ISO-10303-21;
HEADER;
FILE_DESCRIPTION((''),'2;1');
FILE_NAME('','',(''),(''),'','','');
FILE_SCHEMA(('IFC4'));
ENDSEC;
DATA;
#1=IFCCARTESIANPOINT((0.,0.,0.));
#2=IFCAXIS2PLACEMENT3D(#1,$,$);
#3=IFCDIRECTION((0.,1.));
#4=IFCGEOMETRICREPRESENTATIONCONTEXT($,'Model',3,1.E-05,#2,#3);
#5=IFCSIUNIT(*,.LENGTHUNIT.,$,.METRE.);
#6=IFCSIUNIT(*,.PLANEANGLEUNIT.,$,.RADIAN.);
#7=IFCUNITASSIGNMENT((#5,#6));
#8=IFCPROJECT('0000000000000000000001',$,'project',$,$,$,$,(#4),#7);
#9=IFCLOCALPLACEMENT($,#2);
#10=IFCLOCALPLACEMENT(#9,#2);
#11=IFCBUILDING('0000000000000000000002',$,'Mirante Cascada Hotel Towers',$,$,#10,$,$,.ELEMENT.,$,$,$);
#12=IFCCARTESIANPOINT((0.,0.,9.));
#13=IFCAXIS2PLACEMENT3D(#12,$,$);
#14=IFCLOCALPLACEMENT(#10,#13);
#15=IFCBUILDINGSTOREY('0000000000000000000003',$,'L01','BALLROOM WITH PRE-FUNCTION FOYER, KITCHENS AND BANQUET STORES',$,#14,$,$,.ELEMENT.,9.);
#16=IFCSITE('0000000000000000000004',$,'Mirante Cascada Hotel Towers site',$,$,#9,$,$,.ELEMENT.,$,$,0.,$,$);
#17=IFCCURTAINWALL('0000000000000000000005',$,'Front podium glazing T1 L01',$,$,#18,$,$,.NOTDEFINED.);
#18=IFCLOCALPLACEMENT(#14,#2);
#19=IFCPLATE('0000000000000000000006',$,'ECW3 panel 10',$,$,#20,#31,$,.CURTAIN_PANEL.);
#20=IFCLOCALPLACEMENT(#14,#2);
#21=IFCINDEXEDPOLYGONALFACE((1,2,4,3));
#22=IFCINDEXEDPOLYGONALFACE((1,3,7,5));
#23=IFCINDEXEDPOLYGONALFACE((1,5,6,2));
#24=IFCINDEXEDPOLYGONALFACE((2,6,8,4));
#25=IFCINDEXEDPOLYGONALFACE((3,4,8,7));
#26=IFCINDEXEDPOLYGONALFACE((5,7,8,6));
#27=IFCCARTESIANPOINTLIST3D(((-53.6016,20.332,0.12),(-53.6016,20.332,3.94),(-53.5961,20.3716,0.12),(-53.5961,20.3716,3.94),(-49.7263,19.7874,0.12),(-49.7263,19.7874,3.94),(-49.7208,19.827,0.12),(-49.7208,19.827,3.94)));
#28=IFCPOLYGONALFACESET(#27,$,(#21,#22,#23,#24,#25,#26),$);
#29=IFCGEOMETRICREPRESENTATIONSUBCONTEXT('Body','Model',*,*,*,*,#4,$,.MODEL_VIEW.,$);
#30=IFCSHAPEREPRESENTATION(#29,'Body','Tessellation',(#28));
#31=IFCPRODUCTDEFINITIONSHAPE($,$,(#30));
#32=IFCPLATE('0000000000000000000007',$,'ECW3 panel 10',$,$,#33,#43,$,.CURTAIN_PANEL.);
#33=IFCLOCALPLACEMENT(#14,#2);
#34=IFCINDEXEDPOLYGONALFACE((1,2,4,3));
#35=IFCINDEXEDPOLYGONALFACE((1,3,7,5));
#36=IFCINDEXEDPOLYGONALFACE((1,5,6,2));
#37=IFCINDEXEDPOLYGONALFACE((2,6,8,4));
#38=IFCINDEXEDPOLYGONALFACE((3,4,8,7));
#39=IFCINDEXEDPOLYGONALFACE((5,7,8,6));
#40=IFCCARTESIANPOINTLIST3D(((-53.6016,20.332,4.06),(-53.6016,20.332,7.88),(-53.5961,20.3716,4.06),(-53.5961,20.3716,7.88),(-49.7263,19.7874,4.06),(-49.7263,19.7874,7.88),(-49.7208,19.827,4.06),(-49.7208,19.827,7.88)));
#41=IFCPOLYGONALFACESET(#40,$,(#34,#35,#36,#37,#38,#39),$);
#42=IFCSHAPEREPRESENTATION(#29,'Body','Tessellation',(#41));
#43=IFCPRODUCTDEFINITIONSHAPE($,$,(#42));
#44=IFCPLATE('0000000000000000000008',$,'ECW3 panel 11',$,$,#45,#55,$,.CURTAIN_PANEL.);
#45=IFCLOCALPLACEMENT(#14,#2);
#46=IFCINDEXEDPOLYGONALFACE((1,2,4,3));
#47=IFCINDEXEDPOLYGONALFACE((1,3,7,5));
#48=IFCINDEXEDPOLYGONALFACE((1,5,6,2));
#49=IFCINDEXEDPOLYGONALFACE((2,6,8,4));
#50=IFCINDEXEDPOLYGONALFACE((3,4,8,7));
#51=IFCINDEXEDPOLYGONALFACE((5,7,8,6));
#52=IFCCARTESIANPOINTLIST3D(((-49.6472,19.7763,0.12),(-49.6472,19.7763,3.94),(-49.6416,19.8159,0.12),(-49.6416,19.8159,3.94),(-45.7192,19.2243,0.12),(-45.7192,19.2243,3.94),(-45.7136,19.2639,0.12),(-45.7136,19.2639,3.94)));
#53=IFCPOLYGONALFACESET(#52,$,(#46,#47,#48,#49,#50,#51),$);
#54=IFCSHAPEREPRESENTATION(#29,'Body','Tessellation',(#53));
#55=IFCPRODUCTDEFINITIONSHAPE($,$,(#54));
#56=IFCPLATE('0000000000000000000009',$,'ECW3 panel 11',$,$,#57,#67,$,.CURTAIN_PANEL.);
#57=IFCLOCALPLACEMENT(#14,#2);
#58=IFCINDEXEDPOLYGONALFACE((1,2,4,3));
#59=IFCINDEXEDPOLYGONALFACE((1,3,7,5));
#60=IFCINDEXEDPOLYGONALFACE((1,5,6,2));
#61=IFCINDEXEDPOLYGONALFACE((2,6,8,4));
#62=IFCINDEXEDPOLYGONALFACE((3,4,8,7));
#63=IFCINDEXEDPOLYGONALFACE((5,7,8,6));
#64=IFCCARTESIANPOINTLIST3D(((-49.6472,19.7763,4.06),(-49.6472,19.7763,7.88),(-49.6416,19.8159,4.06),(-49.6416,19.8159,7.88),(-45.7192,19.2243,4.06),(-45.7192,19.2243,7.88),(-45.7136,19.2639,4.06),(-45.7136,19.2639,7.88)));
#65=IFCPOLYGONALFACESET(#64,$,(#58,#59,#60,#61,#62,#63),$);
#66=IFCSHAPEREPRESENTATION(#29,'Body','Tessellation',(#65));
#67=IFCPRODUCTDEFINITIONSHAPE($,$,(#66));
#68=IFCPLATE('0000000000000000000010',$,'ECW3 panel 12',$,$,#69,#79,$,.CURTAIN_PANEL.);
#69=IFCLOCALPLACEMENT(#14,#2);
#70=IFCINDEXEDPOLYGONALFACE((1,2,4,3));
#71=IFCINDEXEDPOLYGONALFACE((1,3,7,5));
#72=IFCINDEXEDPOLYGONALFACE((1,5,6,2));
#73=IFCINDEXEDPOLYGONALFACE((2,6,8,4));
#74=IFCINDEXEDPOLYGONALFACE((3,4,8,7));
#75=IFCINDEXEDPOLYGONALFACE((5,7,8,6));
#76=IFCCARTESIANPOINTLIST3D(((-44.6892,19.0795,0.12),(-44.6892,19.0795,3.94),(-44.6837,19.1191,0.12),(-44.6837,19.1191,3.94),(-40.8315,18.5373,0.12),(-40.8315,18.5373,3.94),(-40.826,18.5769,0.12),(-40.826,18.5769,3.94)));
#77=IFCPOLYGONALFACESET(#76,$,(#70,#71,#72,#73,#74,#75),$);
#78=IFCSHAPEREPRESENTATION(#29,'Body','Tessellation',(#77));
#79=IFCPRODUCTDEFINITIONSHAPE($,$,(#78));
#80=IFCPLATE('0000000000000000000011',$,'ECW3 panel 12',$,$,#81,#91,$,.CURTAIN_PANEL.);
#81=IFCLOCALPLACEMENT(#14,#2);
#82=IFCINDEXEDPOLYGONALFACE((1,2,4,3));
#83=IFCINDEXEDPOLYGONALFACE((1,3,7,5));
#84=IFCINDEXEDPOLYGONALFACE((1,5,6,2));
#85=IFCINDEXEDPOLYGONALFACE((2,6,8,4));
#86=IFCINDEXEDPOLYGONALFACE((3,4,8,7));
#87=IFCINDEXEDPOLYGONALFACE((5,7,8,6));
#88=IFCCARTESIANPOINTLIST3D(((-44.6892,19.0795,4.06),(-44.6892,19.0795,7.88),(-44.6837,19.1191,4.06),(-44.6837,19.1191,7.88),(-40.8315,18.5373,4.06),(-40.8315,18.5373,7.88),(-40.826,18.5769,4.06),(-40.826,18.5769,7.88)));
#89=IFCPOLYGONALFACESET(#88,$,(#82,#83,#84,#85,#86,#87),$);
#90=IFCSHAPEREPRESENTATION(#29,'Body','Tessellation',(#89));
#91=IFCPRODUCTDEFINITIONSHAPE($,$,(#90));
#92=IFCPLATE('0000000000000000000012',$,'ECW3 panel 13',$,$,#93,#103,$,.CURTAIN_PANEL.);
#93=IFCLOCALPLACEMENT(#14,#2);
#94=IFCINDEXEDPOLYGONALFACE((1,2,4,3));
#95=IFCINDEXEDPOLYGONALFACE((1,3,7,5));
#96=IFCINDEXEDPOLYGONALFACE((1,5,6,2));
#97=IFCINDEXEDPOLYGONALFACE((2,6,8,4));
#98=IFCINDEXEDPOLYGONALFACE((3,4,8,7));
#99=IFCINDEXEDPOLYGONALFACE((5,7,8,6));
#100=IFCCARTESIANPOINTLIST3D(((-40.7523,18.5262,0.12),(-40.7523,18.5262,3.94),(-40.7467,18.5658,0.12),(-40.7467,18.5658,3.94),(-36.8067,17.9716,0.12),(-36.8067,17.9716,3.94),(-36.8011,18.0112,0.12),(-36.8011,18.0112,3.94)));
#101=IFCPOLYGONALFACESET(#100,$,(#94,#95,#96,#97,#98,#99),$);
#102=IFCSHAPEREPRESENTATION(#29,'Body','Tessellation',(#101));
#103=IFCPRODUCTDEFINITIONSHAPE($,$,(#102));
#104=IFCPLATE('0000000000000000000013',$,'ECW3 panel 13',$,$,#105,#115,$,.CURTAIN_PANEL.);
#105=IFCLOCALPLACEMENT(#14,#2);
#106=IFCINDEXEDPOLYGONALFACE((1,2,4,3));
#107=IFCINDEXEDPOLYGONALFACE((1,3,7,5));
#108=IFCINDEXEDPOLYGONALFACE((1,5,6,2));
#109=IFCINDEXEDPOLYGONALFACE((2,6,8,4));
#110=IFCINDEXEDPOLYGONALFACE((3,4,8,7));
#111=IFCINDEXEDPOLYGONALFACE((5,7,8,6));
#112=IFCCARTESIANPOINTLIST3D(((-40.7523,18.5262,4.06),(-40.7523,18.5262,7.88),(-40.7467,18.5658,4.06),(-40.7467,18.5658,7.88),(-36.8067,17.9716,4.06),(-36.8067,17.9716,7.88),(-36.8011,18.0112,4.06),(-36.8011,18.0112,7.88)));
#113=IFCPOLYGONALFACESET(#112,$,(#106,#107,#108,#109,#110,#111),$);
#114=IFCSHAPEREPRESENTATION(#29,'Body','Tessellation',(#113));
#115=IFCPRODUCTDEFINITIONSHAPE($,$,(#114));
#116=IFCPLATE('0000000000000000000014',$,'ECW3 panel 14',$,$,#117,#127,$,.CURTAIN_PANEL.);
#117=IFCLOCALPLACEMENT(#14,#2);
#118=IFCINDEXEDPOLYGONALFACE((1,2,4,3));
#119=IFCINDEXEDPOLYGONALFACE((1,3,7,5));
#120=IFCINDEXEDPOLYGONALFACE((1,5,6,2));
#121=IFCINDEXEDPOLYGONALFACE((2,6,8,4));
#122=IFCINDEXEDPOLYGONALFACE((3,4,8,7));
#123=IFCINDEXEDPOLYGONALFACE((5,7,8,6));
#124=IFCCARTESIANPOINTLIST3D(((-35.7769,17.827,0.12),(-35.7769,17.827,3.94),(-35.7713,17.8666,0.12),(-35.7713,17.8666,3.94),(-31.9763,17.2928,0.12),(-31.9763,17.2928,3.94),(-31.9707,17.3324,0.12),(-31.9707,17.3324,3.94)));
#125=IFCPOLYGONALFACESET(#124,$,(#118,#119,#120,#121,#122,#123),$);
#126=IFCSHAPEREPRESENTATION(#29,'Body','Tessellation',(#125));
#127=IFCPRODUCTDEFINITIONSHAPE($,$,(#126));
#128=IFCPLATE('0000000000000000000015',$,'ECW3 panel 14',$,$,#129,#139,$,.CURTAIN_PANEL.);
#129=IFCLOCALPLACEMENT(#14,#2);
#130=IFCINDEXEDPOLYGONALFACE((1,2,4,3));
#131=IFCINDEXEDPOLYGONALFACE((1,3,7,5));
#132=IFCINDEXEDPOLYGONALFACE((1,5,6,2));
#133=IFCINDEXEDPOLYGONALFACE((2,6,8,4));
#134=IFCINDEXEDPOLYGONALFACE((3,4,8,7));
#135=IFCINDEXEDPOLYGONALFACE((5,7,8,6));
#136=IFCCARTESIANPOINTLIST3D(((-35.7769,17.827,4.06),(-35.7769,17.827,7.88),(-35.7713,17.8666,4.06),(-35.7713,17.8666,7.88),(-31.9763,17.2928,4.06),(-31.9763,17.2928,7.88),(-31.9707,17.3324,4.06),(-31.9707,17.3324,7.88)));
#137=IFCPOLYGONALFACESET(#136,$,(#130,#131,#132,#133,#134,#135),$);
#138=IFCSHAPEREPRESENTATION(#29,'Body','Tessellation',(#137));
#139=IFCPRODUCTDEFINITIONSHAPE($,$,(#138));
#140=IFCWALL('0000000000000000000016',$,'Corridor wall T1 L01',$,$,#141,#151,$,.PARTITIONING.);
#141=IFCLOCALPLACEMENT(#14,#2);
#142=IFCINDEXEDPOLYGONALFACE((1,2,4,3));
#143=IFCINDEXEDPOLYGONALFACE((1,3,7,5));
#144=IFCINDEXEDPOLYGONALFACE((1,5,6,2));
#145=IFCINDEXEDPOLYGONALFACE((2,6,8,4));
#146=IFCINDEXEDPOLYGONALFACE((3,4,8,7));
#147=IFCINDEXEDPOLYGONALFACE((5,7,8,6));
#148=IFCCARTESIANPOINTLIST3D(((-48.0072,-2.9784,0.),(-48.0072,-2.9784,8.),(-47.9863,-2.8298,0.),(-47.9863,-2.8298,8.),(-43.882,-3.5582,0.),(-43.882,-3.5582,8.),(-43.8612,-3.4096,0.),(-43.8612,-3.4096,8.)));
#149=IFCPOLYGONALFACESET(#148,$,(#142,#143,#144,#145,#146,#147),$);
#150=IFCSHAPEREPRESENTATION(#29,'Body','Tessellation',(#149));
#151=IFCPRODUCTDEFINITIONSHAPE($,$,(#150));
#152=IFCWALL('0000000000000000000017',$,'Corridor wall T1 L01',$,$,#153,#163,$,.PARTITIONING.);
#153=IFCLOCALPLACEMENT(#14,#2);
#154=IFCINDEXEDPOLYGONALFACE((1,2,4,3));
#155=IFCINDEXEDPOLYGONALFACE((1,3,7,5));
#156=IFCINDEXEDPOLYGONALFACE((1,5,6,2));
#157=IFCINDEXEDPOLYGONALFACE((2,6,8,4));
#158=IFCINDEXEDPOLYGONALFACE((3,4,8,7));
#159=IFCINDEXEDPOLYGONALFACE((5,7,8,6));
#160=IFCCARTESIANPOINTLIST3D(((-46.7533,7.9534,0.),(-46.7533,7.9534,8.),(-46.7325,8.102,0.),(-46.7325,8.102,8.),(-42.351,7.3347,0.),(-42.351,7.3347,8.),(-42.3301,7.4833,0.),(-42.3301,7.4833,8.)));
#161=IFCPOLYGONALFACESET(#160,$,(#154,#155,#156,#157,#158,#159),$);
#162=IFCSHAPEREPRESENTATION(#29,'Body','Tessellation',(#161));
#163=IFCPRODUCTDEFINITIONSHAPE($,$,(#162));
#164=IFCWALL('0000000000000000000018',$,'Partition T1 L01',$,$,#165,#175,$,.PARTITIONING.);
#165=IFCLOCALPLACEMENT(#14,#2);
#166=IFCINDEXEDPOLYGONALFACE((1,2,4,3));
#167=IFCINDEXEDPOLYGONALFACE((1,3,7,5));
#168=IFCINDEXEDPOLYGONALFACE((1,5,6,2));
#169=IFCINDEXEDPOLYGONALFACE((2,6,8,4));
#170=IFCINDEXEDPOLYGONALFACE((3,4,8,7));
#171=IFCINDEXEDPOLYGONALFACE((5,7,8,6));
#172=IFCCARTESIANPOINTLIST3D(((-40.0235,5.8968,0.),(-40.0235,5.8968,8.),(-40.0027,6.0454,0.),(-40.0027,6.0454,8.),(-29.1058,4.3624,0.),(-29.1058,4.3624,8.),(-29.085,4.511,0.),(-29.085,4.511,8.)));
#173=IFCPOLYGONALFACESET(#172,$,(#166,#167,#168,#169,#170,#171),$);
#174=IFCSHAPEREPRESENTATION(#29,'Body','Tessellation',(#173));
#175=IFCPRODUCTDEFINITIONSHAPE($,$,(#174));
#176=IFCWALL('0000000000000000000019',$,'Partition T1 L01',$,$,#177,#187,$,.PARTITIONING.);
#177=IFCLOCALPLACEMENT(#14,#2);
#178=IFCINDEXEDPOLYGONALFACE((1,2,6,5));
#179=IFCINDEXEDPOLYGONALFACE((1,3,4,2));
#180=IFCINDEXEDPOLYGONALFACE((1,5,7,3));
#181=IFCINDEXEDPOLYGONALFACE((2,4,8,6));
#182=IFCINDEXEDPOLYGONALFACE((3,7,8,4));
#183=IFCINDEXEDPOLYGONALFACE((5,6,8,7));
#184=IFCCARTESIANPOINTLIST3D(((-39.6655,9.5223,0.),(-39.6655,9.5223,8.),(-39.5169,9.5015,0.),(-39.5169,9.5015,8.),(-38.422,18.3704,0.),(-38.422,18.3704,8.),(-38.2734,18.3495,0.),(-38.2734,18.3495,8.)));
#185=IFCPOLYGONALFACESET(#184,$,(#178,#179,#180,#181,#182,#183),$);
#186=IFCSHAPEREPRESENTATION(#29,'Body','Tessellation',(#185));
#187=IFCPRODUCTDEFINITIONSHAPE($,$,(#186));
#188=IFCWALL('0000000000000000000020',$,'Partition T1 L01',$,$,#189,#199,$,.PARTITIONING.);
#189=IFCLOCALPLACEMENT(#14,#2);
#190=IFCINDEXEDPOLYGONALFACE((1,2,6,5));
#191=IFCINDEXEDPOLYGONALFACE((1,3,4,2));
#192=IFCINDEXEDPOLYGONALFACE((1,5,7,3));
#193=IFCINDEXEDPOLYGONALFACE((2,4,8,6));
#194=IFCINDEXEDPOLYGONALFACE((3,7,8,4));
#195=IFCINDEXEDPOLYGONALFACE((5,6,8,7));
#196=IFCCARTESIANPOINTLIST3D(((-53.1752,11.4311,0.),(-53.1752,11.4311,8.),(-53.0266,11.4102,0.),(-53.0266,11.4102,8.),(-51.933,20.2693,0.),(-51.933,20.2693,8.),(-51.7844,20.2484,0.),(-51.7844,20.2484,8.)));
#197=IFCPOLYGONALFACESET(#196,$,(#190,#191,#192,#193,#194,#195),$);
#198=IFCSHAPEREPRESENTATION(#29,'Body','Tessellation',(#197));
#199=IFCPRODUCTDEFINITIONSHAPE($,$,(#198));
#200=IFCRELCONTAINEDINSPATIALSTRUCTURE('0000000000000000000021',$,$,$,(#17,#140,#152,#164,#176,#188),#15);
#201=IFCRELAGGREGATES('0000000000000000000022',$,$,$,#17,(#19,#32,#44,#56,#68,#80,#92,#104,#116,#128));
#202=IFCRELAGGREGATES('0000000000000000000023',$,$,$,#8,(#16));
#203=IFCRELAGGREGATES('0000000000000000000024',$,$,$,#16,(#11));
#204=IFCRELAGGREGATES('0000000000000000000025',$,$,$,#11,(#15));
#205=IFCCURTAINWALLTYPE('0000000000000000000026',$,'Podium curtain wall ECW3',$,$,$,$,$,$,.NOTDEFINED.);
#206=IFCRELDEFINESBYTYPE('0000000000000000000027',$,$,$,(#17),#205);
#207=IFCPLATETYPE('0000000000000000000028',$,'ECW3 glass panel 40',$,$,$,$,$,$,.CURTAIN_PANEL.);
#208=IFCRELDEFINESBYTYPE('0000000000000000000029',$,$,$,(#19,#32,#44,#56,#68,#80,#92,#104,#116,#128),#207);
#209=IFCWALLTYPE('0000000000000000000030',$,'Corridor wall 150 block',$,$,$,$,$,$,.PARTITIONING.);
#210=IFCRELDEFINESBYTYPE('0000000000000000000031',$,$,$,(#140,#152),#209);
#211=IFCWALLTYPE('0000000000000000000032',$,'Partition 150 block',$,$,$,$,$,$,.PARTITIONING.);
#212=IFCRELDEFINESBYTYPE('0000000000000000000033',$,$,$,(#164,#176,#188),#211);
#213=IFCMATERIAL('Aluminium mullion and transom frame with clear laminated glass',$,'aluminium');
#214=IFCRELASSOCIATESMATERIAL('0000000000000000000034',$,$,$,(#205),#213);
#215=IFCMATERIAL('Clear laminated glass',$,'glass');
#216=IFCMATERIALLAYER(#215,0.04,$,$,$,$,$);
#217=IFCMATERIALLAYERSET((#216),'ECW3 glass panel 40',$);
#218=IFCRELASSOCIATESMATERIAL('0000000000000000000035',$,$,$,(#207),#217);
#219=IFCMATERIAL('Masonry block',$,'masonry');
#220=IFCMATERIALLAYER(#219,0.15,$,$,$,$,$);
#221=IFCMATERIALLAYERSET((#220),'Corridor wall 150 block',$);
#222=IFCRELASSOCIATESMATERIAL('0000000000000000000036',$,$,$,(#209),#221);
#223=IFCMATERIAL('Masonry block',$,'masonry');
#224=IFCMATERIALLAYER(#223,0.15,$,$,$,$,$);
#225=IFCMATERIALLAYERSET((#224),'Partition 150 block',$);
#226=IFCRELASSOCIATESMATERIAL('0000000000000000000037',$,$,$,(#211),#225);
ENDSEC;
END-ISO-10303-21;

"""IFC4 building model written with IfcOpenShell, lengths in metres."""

from ifc_helpers import new_model, si_unit, direction, frame, frame_2d, origin, origin_2d, place, context, subcontext, project, spatial, rectangle, extrude, material, layer, layer_set, type_object, element, aggregate, save


model = new_model("IFC4")

# Units and contexts
model_context = context("Model", 3, precision=1e-05, world=origin(), true_north=direction((0.0, 1.0)))
body_context = subcontext(model_context, "Body", "Model", "MODEL_VIEW")
ifc_project = project(units=[si_unit("LENGTHUNIT", "METRE"), si_unit("PLANEANGLEUNIT", "RADIAN")], contexts=[model_context])

# Site, building, storey
site_placement = place(None, origin())
site = spatial("IfcSite", under=ifc_project, at=site_placement, Name="Mirante Cascada Hotel Towers site", CompositionType="ELEMENT", RefElevation=0.0)
building_placement = place(site_placement, origin())
building = spatial("IfcBuilding", under=site, at=building_placement, Name="Mirante Cascada Hotel Towers", CompositionType="ELEMENT")
storey_placement = place(building_placement, frame((0.0, 0.0, 9.0)))
storey = spatial("IfcBuildingStorey", under=building, at=storey_placement, Name="L01", Description="BALLROOM WITH PRE-FUNCTION FOYER, KITCHENS AND BANQUET STORES", CompositionType="ELEMENT", Elevation=9.0)

# Curtain wall, plates
ifc_material_1 = material(Name="Aluminium mullion and transom frame with clear laminated glass", Category="aluminium")
curtain_wall_type = type_object("IfcCurtainWallType", Name="Podium curtain wall ECW3", PredefinedType="NOTDEFINED", material=ifc_material_1)
curtain_wall_placement = place(storey_placement, origin())
curtain_wall = element("IfcCurtainWall", 1, at=curtain_wall_placement, inside=storey, type_object=curtain_wall_type, Name="Front podium glazing T1 L01", PredefinedType="NOTDEFINED")
ifc_material_2 = material(Name="Clear laminated glass", Category="glass")
ifc_layer_1 = layer(ifc_material_2, 0.04)
ifc_layer_set_1 = layer_set([ifc_layer_1], Name="ECW3 glass panel 40")
plate_type = type_object("IfcPlateType", Name="ECW3 glass panel 40", PredefinedType="CURTAIN_PANEL", material=ifc_layer_set_1)
plate_1_placement = place(storey_placement, frame((-51.6612, 20.0795, 0.12), z_axis=(0.0, 0.0, 1.0), x_axis=(0.990268, -0.139173, 0.0)))
plate_1 = element("IfcPlate", 2, at=plate_1_placement, type_object=plate_type, Name="ECW3 panel 10", PredefinedType="CURTAIN_PANEL", context=body_context, shape_type="SweptSolid", body=[
    extrude(rectangle(XDim=3.9134, YDim=0.04, at=origin_2d()), origin(), (0.0, 0.0, 1.0), 3.82),
])
plate_2_placement = place(storey_placement, frame((-51.6612, 20.0795, 4.06), z_axis=(0.0, 0.0, 1.0), x_axis=(0.990268, -0.139173, 0.0)))
plate_2 = element("IfcPlate", 3, at=plate_2_placement, type_object=plate_type, Name="ECW3 panel 10", PredefinedType="CURTAIN_PANEL", context=body_context, shape_type="SweptSolid", body=[
    extrude(rectangle(XDim=3.9134, YDim=0.04, at=origin_2d()), origin(), (0.0, 0.0, 1.0), 3.82),
])
plate_3_placement = place(storey_placement, frame((-47.6804, 19.5201, 0.12), z_axis=(0.0, 0.0, 1.0), x_axis=(0.990268, -0.139173, 0.0)))
plate_3 = element("IfcPlate", 4, at=plate_3_placement, type_object=plate_type, Name="ECW3 panel 11", PredefinedType="CURTAIN_PANEL", context=body_context, shape_type="SweptSolid", body=[
    extrude(rectangle(XDim=3.9666, YDim=0.04, at=origin_2d()), origin(), (0.0, 0.0, 1.0), 3.82),
])
plate_4_placement = place(storey_placement, frame((-47.6804, 19.5201, 4.06), z_axis=(0.0, 0.0, 1.0), x_axis=(0.990268, -0.139173, 0.0)))
plate_4 = element("IfcPlate", 5, at=plate_4_placement, type_object=plate_type, Name="ECW3 panel 11", PredefinedType="CURTAIN_PANEL", context=body_context, shape_type="SweptSolid", body=[
    extrude(rectangle(XDim=3.9666, YDim=0.04, at=origin_2d()), origin(), (0.0, 0.0, 1.0), 3.82),
])
plate_5_placement = place(storey_placement, frame((-42.7576, 18.8282, 0.12), z_axis=(0.0, 0.0, 1.0), x_axis=(0.990268, -0.139173, 0.0)))
plate_5 = element("IfcPlate", 6, at=plate_5_placement, type_object=plate_type, Name="ECW3 panel 12", PredefinedType="CURTAIN_PANEL", context=body_context, shape_type="SweptSolid", body=[
    extrude(rectangle(XDim=3.8956, YDim=0.04, at=origin_2d()), origin(), (0.0, 0.0, 1.0), 3.82),
])
plate_6_placement = place(storey_placement, frame((-42.7576, 18.8282, 4.06), z_axis=(0.0, 0.0, 1.0), x_axis=(0.990268, -0.139173, 0.0)))
plate_6 = element("IfcPlate", 7, at=plate_6_placement, type_object=plate_type, Name="ECW3 panel 12", PredefinedType="CURTAIN_PANEL", context=body_context, shape_type="SweptSolid", body=[
    extrude(rectangle(XDim=3.8956, YDim=0.04, at=origin_2d()), origin(), (0.0, 0.0, 1.0), 3.82),
])
plate_7_placement = place(storey_placement, frame((-38.7767, 18.2687, 0.12), z_axis=(0.0, 0.0, 1.0), x_axis=(0.990268, -0.139173, 0.0)))
plate_7 = element("IfcPlate", 8, at=plate_7_placement, type_object=plate_type, Name="ECW3 panel 13", PredefinedType="CURTAIN_PANEL", context=body_context, shape_type="SweptSolid", body=[
    extrude(rectangle(XDim=3.9844, YDim=0.04, at=origin_2d()), origin(), (0.0, 0.0, 1.0), 3.82),
])
plate_8_placement = place(storey_placement, frame((-38.7767, 18.2687, 4.06), z_axis=(0.0, 0.0, 1.0), x_axis=(0.990268, -0.139173, 0.0)))
plate_8 = element("IfcPlate", 9, at=plate_8_placement, type_object=plate_type, Name="ECW3 panel 13", PredefinedType="CURTAIN_PANEL", context=body_context, shape_type="SweptSolid", body=[
    extrude(rectangle(XDim=3.9844, YDim=0.04, at=origin_2d()), origin(), (0.0, 0.0, 1.0), 3.82),
])
plate_9_placement = place(storey_placement, frame((-33.8738, 17.5797, 0.12), z_axis=(0.0, 0.0, 1.0), x_axis=(0.990268, -0.139173, 0.0)))
plate_9 = element("IfcPlate", 10, at=plate_9_placement, type_object=plate_type, Name="ECW3 panel 14", PredefinedType="CURTAIN_PANEL", context=body_context, shape_type="SweptSolid", body=[
    extrude(rectangle(XDim=3.8379, YDim=0.04, at=origin_2d()), origin(), (0.0, 0.0, 1.0), 3.82),
])
plate_10_placement = place(storey_placement, frame((-33.8738, 17.5797, 4.06), z_axis=(0.0, 0.0, 1.0), x_axis=(0.990268, -0.139173, 0.0)))
plate_10 = element("IfcPlate", 11, at=plate_10_placement, type_object=plate_type, Name="ECW3 panel 14", PredefinedType="CURTAIN_PANEL", context=body_context, shape_type="SweptSolid", body=[
    extrude(rectangle(XDim=3.8379, YDim=0.04, at=origin_2d()), origin(), (0.0, 0.0, 1.0), 3.82),
])
aggregate(curtain_wall, [plate_1, plate_2, plate_3, plate_4, plate_5, plate_6, plate_7, plate_8, plate_9, plate_10])

# Walls
ifc_material_3 = material(Name="Masonry block", Category="masonry")
ifc_layer_2 = layer(ifc_material_3, 0.15)
ifc_layer_set_2 = layer_set([ifc_layer_2], Name="Corridor wall 150 block")
wall_type_1 = type_object("IfcWallType", Name="Corridor wall 150 block", PredefinedType="PARTITIONING", material=ifc_layer_set_2)
wall_1_placement = place(storey_placement, frame((-47.9967, -2.9041, 0.0), z_axis=(0.0, 0.0, 1.0), x_axis=(0.990267, -0.139183, 0.0)))
element("IfcWall", 12, at=wall_1_placement, inside=storey, type_object=wall_type_1, Name="Corridor wall T1 L01", PredefinedType="PARTITIONING", context=body_context, shape_type="SweptSolid", body=[
    extrude(rectangle(XDim=4.1657, YDim=0.15, at=frame_2d((2.0828, 0.0))), origin(), (0.0, 0.0, 1.0), 8.0),
])
wall_2_placement = place(storey_placement, frame((-46.7429, 8.0277, 0.0), z_axis=(0.0, 0.0, 1.0), x_axis=(0.990268, -0.139173, 0.0)))
element("IfcWall", 13, at=wall_2_placement, inside=storey, type_object=wall_type_1, Name="Corridor wall T1 L01", PredefinedType="PARTITIONING", context=body_context, shape_type="SweptSolid", body=[
    extrude(rectangle(XDim=4.4456, YDim=0.15, at=frame_2d((2.2228, 0.0))), origin(), (0.0, 0.0, 1.0), 8.0),
])
ifc_material_4 = material(Name="Masonry block", Category="masonry")
ifc_layer_3 = layer(ifc_material_4, 0.15)
ifc_layer_set_3 = layer_set([ifc_layer_3], Name="Partition 150 block")
wall_type_2 = type_object("IfcWallType", Name="Partition 150 block", PredefinedType="PARTITIONING", material=ifc_layer_set_3)
wall_3_placement = place(storey_placement, frame((-40.0131, 5.9711, 0.0), z_axis=(0.0, 0.0, 1.0), x_axis=(0.990268, -0.139175, 0.0)))
element("IfcWall", 14, at=wall_3_placement, inside=storey, type_object=wall_type_2, Name="Partition T1 L01", PredefinedType="PARTITIONING", context=body_context, shape_type="SweptSolid", body=[
    extrude(rectangle(XDim=11.025, YDim=0.15, at=frame_2d((5.5125, 0.0))), origin(), (0.0, 0.0, 1.0), 8.0),
])
wall_4_placement = place(storey_placement, frame((-39.5912, 9.5119, 0.0), z_axis=(0.0, 0.0, 1.0), x_axis=(0.139173, 0.990268, 0.0)))
element("IfcWall", 15, at=wall_4_placement, inside=storey, type_object=wall_type_2, Name="Partition T1 L01", PredefinedType="PARTITIONING", context=body_context, shape_type="SweptSolid", body=[
    extrude(rectangle(XDim=8.935, YDim=0.15, at=frame_2d((4.4675, 0.0))), origin(), (0.0, 0.0, 1.0), 8.0),
])
wall_5_placement = place(storey_placement, frame((-53.1009, 11.4206, 0.0), z_axis=(0.0, 0.0, 1.0), x_axis=(0.139181, 0.990267, 0.0)))
element("IfcWall", 16, at=wall_5_placement, inside=storey, type_object=wall_type_2, Name="Partition T1 L01", PredefinedType="PARTITIONING", context=body_context, shape_type="SweptSolid", body=[
    extrude(rectangle(XDim=8.9251, YDim=0.15, at=frame_2d((4.4626, 0.0))), origin(), (0.0, 0.0, 1.0), 8.0),
])

save(model, "model.ifc")
